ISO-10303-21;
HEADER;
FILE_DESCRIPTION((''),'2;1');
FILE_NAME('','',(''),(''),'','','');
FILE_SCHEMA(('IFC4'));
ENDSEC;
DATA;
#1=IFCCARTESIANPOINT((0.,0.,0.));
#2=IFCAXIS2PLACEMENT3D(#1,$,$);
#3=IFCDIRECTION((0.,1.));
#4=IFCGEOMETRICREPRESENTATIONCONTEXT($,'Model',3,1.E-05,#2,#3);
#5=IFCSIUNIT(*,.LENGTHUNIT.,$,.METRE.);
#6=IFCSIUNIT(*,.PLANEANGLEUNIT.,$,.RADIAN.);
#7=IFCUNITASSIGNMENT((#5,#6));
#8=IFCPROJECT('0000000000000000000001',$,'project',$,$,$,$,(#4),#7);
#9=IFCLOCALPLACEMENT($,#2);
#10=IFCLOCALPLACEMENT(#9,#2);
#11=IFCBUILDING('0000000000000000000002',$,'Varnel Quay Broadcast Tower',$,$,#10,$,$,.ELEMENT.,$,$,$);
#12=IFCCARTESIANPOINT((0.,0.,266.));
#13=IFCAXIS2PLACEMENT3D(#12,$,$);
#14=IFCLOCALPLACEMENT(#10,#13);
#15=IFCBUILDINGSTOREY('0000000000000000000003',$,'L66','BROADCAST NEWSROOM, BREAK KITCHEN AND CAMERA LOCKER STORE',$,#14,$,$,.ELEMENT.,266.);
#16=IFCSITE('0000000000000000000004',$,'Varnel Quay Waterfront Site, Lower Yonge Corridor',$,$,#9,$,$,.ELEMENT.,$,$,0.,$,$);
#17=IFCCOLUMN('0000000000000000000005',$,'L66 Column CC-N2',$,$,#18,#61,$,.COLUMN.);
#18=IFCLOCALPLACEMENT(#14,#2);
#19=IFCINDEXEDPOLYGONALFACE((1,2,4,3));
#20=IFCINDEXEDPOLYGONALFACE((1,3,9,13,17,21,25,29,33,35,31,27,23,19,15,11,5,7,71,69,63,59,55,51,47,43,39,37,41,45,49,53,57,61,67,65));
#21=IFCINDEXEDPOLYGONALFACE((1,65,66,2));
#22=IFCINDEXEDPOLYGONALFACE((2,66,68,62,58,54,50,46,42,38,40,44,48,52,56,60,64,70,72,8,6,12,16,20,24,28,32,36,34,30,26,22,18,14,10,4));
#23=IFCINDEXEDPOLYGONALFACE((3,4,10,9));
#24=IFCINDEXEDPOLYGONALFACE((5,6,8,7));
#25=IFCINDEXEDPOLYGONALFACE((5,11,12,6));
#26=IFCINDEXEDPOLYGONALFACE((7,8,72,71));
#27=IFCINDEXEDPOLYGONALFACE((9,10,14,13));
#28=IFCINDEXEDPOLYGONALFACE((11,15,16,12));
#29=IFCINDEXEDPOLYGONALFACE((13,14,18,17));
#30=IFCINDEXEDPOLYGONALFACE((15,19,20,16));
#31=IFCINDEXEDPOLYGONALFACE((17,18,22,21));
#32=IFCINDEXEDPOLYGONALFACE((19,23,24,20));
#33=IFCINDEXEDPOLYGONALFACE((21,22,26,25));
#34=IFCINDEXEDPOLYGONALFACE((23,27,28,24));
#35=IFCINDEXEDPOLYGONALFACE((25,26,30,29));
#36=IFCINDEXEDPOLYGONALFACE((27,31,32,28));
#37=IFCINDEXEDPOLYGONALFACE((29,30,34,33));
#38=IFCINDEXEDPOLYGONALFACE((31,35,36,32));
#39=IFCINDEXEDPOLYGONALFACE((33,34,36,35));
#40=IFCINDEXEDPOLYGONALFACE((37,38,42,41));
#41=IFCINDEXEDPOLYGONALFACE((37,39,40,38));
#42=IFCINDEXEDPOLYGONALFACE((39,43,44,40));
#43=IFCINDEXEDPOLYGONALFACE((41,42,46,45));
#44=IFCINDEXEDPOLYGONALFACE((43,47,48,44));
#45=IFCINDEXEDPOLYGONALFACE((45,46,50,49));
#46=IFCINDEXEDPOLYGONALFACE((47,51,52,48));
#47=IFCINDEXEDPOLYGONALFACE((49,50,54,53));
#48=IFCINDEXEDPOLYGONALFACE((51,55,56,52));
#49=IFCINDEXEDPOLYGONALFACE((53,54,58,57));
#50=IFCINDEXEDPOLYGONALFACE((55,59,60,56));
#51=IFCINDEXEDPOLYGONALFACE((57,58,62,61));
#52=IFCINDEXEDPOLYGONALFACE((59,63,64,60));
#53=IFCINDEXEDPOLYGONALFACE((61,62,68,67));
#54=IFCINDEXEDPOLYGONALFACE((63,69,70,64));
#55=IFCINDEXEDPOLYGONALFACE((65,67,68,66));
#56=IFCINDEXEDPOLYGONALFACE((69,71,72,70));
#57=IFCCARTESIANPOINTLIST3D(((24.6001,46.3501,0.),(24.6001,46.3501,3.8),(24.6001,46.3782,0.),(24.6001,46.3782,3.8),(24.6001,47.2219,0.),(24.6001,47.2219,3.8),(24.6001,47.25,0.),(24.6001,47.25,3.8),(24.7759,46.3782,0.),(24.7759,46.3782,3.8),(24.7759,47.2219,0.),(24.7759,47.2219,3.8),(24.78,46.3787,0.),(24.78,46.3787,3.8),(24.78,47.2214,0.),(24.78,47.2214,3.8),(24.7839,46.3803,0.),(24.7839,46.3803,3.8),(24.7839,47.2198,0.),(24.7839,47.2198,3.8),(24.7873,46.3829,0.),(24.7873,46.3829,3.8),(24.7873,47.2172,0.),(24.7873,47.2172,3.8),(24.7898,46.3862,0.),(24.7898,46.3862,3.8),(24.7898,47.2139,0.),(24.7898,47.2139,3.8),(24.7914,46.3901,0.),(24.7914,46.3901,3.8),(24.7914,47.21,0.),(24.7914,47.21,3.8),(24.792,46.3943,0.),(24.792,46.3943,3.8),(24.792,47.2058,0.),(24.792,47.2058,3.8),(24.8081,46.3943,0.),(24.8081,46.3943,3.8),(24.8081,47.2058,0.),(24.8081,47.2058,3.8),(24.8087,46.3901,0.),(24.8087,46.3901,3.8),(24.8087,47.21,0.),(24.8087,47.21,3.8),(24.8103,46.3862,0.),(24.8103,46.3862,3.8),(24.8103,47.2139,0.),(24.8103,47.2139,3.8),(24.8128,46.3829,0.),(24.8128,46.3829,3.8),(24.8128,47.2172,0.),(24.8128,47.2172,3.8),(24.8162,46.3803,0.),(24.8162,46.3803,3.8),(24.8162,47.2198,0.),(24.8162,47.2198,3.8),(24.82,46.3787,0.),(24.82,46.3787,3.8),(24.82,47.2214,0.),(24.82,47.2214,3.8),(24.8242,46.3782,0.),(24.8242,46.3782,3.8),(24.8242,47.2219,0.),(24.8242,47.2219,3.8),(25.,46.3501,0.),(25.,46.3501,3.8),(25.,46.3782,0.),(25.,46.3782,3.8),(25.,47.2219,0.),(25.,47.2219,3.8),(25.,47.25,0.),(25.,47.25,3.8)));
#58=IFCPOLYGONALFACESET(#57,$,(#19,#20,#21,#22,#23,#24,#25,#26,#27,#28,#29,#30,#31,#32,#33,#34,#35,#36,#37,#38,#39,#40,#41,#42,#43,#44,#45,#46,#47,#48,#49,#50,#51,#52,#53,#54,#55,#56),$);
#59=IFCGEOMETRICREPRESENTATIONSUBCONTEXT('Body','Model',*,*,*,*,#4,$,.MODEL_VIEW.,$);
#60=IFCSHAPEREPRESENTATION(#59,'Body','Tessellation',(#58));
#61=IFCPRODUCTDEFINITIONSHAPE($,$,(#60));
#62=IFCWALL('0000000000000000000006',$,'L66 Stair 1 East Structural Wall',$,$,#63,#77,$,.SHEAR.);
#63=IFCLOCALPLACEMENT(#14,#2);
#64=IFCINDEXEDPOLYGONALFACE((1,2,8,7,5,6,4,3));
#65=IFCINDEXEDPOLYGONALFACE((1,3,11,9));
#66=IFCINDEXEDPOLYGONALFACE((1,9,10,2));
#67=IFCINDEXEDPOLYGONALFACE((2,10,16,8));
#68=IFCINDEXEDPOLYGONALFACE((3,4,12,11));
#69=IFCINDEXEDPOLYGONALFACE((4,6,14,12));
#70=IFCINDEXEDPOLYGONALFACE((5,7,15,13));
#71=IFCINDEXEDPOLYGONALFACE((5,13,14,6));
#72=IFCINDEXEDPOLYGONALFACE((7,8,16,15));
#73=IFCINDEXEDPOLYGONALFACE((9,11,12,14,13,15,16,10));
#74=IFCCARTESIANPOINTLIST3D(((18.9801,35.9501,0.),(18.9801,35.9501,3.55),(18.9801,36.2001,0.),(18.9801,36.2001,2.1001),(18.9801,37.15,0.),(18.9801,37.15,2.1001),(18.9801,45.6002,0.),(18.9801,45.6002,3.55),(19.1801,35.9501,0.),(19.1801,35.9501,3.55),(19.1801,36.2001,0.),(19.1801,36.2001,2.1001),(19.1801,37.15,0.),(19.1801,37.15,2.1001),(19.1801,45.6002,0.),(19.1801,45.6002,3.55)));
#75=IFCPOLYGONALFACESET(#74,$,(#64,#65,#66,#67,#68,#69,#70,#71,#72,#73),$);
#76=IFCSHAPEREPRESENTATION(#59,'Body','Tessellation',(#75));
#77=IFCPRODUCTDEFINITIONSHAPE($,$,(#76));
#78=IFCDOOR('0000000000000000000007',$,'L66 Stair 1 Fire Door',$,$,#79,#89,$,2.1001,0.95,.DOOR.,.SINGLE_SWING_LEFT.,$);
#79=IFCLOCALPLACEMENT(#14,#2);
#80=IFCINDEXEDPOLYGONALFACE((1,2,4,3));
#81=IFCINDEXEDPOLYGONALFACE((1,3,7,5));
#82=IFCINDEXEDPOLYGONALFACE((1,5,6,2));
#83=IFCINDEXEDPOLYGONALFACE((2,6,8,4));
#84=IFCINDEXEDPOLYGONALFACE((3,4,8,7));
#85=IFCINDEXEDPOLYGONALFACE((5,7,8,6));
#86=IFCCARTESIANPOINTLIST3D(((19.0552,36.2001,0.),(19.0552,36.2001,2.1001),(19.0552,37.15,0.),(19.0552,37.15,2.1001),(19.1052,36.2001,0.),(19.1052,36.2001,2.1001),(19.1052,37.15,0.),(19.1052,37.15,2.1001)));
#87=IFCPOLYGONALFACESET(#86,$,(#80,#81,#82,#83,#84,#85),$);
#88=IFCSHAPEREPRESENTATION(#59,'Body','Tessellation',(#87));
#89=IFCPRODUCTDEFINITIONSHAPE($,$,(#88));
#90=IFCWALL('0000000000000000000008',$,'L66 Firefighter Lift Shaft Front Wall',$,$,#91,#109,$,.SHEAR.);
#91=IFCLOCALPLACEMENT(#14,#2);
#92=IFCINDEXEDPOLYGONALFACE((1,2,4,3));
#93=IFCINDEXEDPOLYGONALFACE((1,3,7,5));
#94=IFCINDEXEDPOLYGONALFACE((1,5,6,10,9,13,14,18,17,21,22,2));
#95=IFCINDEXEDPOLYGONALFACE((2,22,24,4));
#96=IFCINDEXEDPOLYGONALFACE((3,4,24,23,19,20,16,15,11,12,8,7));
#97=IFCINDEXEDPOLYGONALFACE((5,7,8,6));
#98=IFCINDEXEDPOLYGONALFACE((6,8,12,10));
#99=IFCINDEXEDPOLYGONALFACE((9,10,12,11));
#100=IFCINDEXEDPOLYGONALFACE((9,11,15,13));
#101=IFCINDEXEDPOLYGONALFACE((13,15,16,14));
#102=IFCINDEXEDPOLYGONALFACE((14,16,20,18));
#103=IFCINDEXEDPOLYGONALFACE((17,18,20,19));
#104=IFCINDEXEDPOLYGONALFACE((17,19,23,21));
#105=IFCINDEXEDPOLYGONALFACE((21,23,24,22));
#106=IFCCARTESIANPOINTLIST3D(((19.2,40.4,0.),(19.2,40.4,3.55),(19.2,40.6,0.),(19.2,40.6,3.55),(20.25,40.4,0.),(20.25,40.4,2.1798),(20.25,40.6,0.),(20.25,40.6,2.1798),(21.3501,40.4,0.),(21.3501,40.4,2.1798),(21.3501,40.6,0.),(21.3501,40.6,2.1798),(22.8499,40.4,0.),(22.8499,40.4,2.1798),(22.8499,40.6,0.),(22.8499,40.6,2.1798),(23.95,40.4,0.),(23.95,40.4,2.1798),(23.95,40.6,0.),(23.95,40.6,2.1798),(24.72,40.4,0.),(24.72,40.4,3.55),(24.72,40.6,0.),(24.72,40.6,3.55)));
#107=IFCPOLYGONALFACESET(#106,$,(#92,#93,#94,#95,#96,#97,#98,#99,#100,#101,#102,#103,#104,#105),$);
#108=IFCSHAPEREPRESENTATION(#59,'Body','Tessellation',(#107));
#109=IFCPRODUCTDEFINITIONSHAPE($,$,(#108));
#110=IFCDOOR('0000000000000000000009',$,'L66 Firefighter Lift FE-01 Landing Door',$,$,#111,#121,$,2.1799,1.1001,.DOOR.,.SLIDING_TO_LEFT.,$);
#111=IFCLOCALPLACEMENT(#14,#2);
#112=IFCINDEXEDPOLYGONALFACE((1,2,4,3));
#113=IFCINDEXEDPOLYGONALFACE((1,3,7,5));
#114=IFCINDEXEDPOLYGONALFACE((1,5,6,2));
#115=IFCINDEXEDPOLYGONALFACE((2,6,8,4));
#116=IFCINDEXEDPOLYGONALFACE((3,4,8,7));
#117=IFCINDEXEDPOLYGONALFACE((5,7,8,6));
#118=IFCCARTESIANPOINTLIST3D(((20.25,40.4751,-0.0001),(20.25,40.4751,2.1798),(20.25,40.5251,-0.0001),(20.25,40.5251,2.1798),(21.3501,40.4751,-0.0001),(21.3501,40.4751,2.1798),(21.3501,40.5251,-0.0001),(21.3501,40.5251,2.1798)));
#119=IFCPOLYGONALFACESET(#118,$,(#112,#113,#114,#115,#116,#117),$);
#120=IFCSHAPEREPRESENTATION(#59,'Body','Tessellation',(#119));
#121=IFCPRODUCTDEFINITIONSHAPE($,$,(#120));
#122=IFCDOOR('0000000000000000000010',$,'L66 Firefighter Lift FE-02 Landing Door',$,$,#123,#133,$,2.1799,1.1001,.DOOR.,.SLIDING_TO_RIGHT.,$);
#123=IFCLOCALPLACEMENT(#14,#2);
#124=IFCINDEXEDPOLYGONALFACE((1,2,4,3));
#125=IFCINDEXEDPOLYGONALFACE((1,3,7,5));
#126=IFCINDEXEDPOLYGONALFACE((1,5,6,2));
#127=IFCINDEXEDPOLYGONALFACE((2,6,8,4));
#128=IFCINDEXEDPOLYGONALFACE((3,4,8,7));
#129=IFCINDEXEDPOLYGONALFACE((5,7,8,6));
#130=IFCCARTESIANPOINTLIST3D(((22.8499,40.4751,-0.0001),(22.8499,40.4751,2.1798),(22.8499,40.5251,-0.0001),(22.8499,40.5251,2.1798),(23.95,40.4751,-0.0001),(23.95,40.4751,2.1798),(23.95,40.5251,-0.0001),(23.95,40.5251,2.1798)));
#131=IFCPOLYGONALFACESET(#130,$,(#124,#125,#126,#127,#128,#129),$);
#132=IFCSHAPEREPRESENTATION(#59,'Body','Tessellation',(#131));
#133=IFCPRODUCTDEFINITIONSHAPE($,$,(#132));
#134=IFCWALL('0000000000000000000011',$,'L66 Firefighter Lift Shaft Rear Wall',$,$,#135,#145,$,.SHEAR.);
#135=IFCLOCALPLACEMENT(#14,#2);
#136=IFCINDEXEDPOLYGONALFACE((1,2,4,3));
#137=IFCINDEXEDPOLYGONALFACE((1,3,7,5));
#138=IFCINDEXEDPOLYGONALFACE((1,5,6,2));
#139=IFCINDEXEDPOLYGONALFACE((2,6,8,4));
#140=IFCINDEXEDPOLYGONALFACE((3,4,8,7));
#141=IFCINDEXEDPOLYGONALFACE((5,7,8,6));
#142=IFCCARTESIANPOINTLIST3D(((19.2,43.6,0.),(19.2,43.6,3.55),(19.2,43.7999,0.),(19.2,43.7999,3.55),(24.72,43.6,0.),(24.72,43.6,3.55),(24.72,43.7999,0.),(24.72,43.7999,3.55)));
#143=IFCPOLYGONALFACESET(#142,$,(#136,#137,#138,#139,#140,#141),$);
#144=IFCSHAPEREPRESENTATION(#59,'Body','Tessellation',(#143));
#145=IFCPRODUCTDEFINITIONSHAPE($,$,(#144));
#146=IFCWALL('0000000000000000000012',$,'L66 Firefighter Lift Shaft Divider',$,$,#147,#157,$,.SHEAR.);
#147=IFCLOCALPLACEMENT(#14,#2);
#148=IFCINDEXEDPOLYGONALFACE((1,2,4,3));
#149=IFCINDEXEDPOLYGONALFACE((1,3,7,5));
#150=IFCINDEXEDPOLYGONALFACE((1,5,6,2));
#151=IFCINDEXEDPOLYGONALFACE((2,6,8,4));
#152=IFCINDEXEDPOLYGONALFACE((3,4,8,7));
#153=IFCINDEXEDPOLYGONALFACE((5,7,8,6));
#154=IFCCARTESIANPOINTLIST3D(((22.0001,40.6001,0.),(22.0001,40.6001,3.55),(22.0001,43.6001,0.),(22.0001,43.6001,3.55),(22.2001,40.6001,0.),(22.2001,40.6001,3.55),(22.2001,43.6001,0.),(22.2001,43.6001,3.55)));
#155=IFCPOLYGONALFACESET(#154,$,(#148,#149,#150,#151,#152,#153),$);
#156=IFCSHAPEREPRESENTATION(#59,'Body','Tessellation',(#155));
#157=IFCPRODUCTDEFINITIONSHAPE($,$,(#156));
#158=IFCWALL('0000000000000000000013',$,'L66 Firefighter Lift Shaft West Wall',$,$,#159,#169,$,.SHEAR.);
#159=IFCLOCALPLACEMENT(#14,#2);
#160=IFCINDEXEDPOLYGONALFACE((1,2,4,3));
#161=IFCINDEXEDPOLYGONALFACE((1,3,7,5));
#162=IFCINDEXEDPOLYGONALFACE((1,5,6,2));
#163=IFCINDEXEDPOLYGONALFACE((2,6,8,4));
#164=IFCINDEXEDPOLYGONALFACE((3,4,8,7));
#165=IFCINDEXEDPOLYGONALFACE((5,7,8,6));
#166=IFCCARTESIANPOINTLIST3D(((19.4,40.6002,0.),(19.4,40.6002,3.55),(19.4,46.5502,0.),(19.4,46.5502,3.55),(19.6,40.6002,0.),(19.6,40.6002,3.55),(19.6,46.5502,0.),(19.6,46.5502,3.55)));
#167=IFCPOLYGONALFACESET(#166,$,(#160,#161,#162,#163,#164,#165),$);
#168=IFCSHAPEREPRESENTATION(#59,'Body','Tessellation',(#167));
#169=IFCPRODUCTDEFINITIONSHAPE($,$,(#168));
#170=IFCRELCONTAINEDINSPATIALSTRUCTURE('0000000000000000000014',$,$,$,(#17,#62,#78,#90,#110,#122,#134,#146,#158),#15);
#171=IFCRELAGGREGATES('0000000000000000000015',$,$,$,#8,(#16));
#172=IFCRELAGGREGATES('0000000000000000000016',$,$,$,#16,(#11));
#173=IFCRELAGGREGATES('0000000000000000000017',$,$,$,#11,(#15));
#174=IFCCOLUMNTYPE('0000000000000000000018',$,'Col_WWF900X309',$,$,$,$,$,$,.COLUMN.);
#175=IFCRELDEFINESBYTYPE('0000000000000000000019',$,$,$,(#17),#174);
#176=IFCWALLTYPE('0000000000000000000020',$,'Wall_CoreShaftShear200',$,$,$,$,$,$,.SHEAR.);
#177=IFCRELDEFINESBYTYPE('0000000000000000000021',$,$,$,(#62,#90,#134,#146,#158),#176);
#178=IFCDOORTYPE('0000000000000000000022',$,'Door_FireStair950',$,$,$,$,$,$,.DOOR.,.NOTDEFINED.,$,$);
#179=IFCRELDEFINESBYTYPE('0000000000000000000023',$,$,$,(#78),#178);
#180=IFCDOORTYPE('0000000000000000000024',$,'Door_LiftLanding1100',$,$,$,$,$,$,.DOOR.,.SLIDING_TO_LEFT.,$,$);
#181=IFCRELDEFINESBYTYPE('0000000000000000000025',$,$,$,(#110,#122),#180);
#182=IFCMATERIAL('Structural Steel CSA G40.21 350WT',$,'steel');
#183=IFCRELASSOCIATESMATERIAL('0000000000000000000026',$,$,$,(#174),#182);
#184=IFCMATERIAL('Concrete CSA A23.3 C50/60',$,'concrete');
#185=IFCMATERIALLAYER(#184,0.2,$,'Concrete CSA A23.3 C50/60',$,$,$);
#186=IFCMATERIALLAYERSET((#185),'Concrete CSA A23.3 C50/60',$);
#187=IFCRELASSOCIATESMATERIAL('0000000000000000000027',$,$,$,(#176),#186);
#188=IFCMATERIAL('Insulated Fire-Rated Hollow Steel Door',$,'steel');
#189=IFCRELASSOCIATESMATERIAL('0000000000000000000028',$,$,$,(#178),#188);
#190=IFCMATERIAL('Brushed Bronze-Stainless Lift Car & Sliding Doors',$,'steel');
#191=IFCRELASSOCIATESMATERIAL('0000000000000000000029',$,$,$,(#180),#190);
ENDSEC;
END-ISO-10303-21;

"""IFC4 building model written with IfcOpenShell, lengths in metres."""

from ifc_helpers import new_model, si_unit, direction, frame, frame_2d, origin, origin_2d, place, context, subcontext, project, spatial, rectangle, i_section, extrude, source, transform, mapped, material, layer, layer_set, material_profile, profile_set, type_object, type_shapes, element, fill, save


model = new_model("IFC4")

# Units and contexts
model_context = context("Model", 3, precision=1e-05, world=origin(), true_north=direction((0.0, 1.0)))
body_context = subcontext(model_context, "Body", "Model", "MODEL_VIEW")
ifc_project = project(units=[si_unit("LENGTHUNIT", "METRE"), si_unit("PLANEANGLEUNIT", "RADIAN")], contexts=[model_context])

# Site, building, storey
site_placement = place(None, origin())
site = spatial("IfcSite", under=ifc_project, at=site_placement, Name="Varnel Quay Waterfront Site, Lower Yonge Corridor", CompositionType="ELEMENT", RefElevation=0.0)
building_placement = place(site_placement, origin())
building = spatial("IfcBuilding", under=site, at=building_placement, Name="Varnel Quay Broadcast Tower", CompositionType="ELEMENT")
storey_placement = place(building_placement, frame((0.0, 0.0, 266.0)))
storey = spatial("IfcBuildingStorey", under=building, at=storey_placement, Name="L66", Description="BROADCAST NEWSROOM, BREAK KITCHEN AND CAMERA LOCKER STORE", CompositionType="ELEMENT", Elevation=266.0)

# Column
ifc_material_1 = material(Name="Structural Steel CSA G40.21 350WT", Category="steel")
ifc_material_profile = material_profile(ifc_material_1, i_section(OverallWidth=0.3999, OverallDepth=0.8999, WebThickness=0.0161, FlangeThickness=0.0281, FilletRadius=0.0161, at=origin_2d()), Name="WWF900X309")
ifc_profile_set = profile_set([ifc_material_profile], Name="Structural Steel CSA G40.21 350WT")
column_type = type_object("IfcColumnType", Name="Col_WWF900X309", PredefinedType="COLUMN", material=ifc_profile_set)
shared_shape_1 = source(origin(), body_context, "Body", "SweptSolid", [
    extrude(i_section(OverallWidth=0.3999, OverallDepth=0.8999, WebThickness=0.0161, FlangeThickness=0.0281, FilletRadius=0.0161, at=origin_2d()), origin(), (0.0, 0.0, 1.0), 3.8),
])
type_shapes(column_type, [shared_shape_1])
column_placement = place(storey_placement, frame((24.8, 46.8, 0.0), z_axis=(0.0, 0.0, 1.0), x_axis=(1.0, 0.0, 0.0)))
element("IfcColumn", 1, at=column_placement, inside=storey, type_object=column_type, Name="L66 Column CC-N2", PredefinedType="COLUMN", context=body_context, shape_type="MappedRepresentation", body=[
    mapped(shared_shape_1, transform((0.0, 0.0, 0.0), x_axis=(1.0, 0.0, 0.0), y_axis=(0.0, 1.0, 0.0), z_axis=(0.0, 0.0, 1.0), scale=1.0)),
])

# Wall, opening, door
ifc_material_2 = material(Name="Concrete CSA A23.3 C50/60", Category="concrete")
ifc_layer_1 = layer(ifc_material_2, 0.2, Name="Concrete CSA A23.3 C50/60")
ifc_layer_set_1 = layer_set([ifc_layer_1], Name="Concrete CSA A23.3 C50/60")
wall_type_1 = type_object("IfcWallType", Name="Wall_CoreShaftShear200", PredefinedType="SHEAR", material=ifc_layer_set_1)
wall_1_placement = place(storey_placement, frame((19.0801, 35.95, 0.0), z_axis=(0.0, 0.0, 1.0), x_axis=(0.0, 1.0, 0.0)))
wall_1 = element("IfcWall", 2, at=wall_1_placement, inside=storey, type_object=wall_type_1, Name="L66 Stair 1 East Structural Wall", PredefinedType="SHEAR", context=body_context, shape_type="SweptSolid", body=[
    extrude(rectangle(XDim=9.6501, YDim=0.2, at=frame_2d((4.8252, 0.0))), origin(), (0.0, 0.0, 1.0), 3.55),
])
opening_1_placement = place(wall_1_placement, frame((0.25, 0.0, 0.0)))
opening_1 = element("IfcOpeningElement", 3, at=opening_1_placement, cuts=wall_1, PredefinedType="OPENING", context=body_context, shape_type="SweptSolid", body=[
    extrude(rectangle(XDim=0.95, YDim=2.1001, at=frame_2d((0.4751, 1.05))), frame((0.0, 0.1099, 0.0), z_axis=(0.0, -1.0, 0.0), x_axis=(1.0, 0.0, 0.0)), (0.0, 0.0, 1.0), 0.22),
])
ifc_material_3 = material(Name="Insulated Fire-Rated Hollow Steel Door", Category="steel")
door_type_1 = type_object("IfcDoorType", Name="Door_FireStair950", OperationType="NOTDEFINED", PredefinedType="DOOR", material=ifc_material_3)
shared_shape_2 = source(origin(), body_context, "Body", "SweptSolid", [
    extrude(rectangle(XDim=0.95, YDim=2.1001, at=frame_2d((0.4751, 1.05))), frame((0.0, 0.0249, 0.0), z_axis=(0.0, -1.0, 0.0), x_axis=(1.0, 0.0, 0.0)), (0.0, 0.0, 1.0), 0.05),
])
type_shapes(door_type_1, [shared_shape_2])
door_1_placement = place(opening_1_placement, origin())
door_1 = element("IfcDoor", 4, at=door_1_placement, inside=storey, type_object=door_type_1, Name="L66 Stair 1 Fire Door", OperationType="SINGLE_SWING_LEFT", OverallHeight=2.1001, OverallWidth=0.95, PredefinedType="DOOR", context=body_context, shape_type="MappedRepresentation", body=[
    mapped(shared_shape_2, transform((0.0, 0.0, 0.0), x_axis=(1.0, 0.0, 0.0), y_axis=(0.0, 1.0, 0.0), z_axis=(0.0, 0.0, 1.0), scale=1.0)),
])
fill(opening_1, door_1)

# Wall, openings, doors
wall_2_placement = place(storey_placement, frame((19.2, 40.5, 0.0), z_axis=(0.0, 0.0, 1.0), x_axis=(1.0, 0.0, 0.0)))
wall_2 = element("IfcWall", 5, at=wall_2_placement, inside=storey, type_object=wall_type_1, Name="L66 Firefighter Lift Shaft Front Wall", PredefinedType="SHEAR", context=body_context, shape_type="SweptSolid", body=[
    extrude(rectangle(XDim=5.52, YDim=0.2, at=frame_2d((2.76, 0.0))), origin(), (0.0, 0.0, 1.0), 3.55),
])
opening_2_placement = place(wall_2_placement, frame((1.05, 0.0, 0.0)))
opening_2 = element("IfcOpeningElement", 6, at=opening_2_placement, cuts=wall_2, PredefinedType="OPENING", context=body_context, shape_type="SweptSolid", body=[
    extrude(rectangle(XDim=1.1001, YDim=2.1799, at=frame_2d((0.55, 1.0898))), frame((0.0, 0.1099, 0.0), z_axis=(0.0, -1.0, 0.0), x_axis=(1.0, 0.0, 0.0)), (0.0, 0.0, 1.0), 0.22),
])
opening_3_placement = place(wall_2_placement, frame((3.6499, 0.0, 0.0)))
opening_3 = element("IfcOpeningElement", 7, at=opening_3_placement, cuts=wall_2, PredefinedType="OPENING", context=body_context, shape_type="SweptSolid", body=[
    extrude(rectangle(XDim=1.1001, YDim=2.1799, at=frame_2d((0.55, 1.0898))), frame((0.0, 0.1099, 0.0), z_axis=(0.0, -1.0, 0.0), x_axis=(1.0, 0.0, 0.0)), (0.0, 0.0, 1.0), 0.22),
])
ifc_material_4 = material(Name="Brushed Bronze-Stainless Lift Car & Sliding Doors", Category="steel")
door_type_2 = type_object("IfcDoorType", Name="Door_LiftLanding1100", OperationType="SLIDING_TO_LEFT", PredefinedType="DOOR", material=ifc_material_4)
shared_shape_3 = source(origin(), body_context, "Body", "SweptSolid", [
    extrude(rectangle(XDim=1.1001, YDim=2.1799, at=frame_2d((0.55, 1.0898))), frame((0.0, 0.0249, 0.0), z_axis=(0.0, -1.0, 0.0), x_axis=(1.0, 0.0, 0.0)), (0.0, 0.0, 1.0), 0.05),
])
type_shapes(door_type_2, [shared_shape_3])
door_2_placement = place(opening_2_placement, frame((1.1001, 0.0, 0.0), z_axis=(0.0, 0.0, 1.0), x_axis=(-1.0, 0.0, 0.0)))
door_2 = element("IfcDoor", 8, at=door_2_placement, inside=storey, type_object=door_type_2, Name="L66 Firefighter Lift FE-01 Landing Door", OperationType="SLIDING_TO_LEFT", OverallHeight=2.1799, OverallWidth=1.1001, PredefinedType="DOOR", context=body_context, shape_type="MappedRepresentation", body=[
    mapped(shared_shape_3, transform((0.0, 0.0, 0.0), x_axis=(1.0, 0.0, 0.0), y_axis=(0.0, 1.0, 0.0), z_axis=(0.0, 0.0, 1.0), scale=1.0)),
])
fill(opening_2, door_2)
door_3_placement = place(opening_3_placement, frame((1.1001, 0.0, 0.0), z_axis=(0.0, 0.0, 1.0), x_axis=(-1.0, 0.0, 0.0)))
door_3 = element("IfcDoor", 9, at=door_3_placement, inside=storey, type_object=door_type_2, Name="L66 Firefighter Lift FE-02 Landing Door", OperationType="SLIDING_TO_RIGHT", OverallHeight=2.1799, OverallWidth=1.1001, PredefinedType="DOOR", context=body_context, shape_type="MappedRepresentation", body=[
    mapped(shared_shape_3, transform((0.0, 0.0, 0.0), x_axis=(1.0, 0.0, 0.0), y_axis=(0.0, 1.0, 0.0), z_axis=(0.0, 0.0, 1.0), scale=1.0)),
])
fill(opening_3, door_3)

# Walls
wall_3_placement = place(storey_placement, frame((19.2, 43.7, 0.0), z_axis=(0.0, 0.0, 1.0), x_axis=(1.0, 0.0, 0.0)))
element("IfcWall", 10, at=wall_3_placement, inside=storey, type_object=wall_type_1, Name="L66 Firefighter Lift Shaft Rear Wall", PredefinedType="SHEAR", context=body_context, shape_type="SweptSolid", body=[
    extrude(rectangle(XDim=5.52, YDim=0.2, at=frame_2d((2.76, 0.0))), origin(), (0.0, 0.0, 1.0), 3.55),
])
wall_4_placement = place(storey_placement, frame((22.1001, 40.6001, 0.0), z_axis=(0.0, 0.0, 1.0), x_axis=(0.0, 1.0, 0.0)))
element("IfcWall", 11, at=wall_4_placement, inside=storey, type_object=wall_type_1, Name="L66 Firefighter Lift Shaft Divider", PredefinedType="SHEAR", context=body_context, shape_type="SweptSolid", body=[
    extrude(rectangle(XDim=3.0, YDim=0.2, at=frame_2d((1.5, 0.0))), origin(), (0.0, 0.0, 1.0), 3.55),
])
wall_5_placement = place(storey_placement, frame((19.5, 40.6001, 0.0), z_axis=(0.0, 0.0, 1.0), x_axis=(0.0, 1.0, 0.0)))
element("IfcWall", 12, at=wall_5_placement, inside=storey, type_object=wall_type_1, Name="L66 Firefighter Lift Shaft West Wall", PredefinedType="SHEAR", context=body_context, shape_type="SweptSolid", body=[
    extrude(rectangle(XDim=5.95, YDim=0.2, at=frame_2d((2.9751, 0.0))), origin(), (0.0, 0.0, 1.0), 3.55),
])

save(model, "model.ifc")
